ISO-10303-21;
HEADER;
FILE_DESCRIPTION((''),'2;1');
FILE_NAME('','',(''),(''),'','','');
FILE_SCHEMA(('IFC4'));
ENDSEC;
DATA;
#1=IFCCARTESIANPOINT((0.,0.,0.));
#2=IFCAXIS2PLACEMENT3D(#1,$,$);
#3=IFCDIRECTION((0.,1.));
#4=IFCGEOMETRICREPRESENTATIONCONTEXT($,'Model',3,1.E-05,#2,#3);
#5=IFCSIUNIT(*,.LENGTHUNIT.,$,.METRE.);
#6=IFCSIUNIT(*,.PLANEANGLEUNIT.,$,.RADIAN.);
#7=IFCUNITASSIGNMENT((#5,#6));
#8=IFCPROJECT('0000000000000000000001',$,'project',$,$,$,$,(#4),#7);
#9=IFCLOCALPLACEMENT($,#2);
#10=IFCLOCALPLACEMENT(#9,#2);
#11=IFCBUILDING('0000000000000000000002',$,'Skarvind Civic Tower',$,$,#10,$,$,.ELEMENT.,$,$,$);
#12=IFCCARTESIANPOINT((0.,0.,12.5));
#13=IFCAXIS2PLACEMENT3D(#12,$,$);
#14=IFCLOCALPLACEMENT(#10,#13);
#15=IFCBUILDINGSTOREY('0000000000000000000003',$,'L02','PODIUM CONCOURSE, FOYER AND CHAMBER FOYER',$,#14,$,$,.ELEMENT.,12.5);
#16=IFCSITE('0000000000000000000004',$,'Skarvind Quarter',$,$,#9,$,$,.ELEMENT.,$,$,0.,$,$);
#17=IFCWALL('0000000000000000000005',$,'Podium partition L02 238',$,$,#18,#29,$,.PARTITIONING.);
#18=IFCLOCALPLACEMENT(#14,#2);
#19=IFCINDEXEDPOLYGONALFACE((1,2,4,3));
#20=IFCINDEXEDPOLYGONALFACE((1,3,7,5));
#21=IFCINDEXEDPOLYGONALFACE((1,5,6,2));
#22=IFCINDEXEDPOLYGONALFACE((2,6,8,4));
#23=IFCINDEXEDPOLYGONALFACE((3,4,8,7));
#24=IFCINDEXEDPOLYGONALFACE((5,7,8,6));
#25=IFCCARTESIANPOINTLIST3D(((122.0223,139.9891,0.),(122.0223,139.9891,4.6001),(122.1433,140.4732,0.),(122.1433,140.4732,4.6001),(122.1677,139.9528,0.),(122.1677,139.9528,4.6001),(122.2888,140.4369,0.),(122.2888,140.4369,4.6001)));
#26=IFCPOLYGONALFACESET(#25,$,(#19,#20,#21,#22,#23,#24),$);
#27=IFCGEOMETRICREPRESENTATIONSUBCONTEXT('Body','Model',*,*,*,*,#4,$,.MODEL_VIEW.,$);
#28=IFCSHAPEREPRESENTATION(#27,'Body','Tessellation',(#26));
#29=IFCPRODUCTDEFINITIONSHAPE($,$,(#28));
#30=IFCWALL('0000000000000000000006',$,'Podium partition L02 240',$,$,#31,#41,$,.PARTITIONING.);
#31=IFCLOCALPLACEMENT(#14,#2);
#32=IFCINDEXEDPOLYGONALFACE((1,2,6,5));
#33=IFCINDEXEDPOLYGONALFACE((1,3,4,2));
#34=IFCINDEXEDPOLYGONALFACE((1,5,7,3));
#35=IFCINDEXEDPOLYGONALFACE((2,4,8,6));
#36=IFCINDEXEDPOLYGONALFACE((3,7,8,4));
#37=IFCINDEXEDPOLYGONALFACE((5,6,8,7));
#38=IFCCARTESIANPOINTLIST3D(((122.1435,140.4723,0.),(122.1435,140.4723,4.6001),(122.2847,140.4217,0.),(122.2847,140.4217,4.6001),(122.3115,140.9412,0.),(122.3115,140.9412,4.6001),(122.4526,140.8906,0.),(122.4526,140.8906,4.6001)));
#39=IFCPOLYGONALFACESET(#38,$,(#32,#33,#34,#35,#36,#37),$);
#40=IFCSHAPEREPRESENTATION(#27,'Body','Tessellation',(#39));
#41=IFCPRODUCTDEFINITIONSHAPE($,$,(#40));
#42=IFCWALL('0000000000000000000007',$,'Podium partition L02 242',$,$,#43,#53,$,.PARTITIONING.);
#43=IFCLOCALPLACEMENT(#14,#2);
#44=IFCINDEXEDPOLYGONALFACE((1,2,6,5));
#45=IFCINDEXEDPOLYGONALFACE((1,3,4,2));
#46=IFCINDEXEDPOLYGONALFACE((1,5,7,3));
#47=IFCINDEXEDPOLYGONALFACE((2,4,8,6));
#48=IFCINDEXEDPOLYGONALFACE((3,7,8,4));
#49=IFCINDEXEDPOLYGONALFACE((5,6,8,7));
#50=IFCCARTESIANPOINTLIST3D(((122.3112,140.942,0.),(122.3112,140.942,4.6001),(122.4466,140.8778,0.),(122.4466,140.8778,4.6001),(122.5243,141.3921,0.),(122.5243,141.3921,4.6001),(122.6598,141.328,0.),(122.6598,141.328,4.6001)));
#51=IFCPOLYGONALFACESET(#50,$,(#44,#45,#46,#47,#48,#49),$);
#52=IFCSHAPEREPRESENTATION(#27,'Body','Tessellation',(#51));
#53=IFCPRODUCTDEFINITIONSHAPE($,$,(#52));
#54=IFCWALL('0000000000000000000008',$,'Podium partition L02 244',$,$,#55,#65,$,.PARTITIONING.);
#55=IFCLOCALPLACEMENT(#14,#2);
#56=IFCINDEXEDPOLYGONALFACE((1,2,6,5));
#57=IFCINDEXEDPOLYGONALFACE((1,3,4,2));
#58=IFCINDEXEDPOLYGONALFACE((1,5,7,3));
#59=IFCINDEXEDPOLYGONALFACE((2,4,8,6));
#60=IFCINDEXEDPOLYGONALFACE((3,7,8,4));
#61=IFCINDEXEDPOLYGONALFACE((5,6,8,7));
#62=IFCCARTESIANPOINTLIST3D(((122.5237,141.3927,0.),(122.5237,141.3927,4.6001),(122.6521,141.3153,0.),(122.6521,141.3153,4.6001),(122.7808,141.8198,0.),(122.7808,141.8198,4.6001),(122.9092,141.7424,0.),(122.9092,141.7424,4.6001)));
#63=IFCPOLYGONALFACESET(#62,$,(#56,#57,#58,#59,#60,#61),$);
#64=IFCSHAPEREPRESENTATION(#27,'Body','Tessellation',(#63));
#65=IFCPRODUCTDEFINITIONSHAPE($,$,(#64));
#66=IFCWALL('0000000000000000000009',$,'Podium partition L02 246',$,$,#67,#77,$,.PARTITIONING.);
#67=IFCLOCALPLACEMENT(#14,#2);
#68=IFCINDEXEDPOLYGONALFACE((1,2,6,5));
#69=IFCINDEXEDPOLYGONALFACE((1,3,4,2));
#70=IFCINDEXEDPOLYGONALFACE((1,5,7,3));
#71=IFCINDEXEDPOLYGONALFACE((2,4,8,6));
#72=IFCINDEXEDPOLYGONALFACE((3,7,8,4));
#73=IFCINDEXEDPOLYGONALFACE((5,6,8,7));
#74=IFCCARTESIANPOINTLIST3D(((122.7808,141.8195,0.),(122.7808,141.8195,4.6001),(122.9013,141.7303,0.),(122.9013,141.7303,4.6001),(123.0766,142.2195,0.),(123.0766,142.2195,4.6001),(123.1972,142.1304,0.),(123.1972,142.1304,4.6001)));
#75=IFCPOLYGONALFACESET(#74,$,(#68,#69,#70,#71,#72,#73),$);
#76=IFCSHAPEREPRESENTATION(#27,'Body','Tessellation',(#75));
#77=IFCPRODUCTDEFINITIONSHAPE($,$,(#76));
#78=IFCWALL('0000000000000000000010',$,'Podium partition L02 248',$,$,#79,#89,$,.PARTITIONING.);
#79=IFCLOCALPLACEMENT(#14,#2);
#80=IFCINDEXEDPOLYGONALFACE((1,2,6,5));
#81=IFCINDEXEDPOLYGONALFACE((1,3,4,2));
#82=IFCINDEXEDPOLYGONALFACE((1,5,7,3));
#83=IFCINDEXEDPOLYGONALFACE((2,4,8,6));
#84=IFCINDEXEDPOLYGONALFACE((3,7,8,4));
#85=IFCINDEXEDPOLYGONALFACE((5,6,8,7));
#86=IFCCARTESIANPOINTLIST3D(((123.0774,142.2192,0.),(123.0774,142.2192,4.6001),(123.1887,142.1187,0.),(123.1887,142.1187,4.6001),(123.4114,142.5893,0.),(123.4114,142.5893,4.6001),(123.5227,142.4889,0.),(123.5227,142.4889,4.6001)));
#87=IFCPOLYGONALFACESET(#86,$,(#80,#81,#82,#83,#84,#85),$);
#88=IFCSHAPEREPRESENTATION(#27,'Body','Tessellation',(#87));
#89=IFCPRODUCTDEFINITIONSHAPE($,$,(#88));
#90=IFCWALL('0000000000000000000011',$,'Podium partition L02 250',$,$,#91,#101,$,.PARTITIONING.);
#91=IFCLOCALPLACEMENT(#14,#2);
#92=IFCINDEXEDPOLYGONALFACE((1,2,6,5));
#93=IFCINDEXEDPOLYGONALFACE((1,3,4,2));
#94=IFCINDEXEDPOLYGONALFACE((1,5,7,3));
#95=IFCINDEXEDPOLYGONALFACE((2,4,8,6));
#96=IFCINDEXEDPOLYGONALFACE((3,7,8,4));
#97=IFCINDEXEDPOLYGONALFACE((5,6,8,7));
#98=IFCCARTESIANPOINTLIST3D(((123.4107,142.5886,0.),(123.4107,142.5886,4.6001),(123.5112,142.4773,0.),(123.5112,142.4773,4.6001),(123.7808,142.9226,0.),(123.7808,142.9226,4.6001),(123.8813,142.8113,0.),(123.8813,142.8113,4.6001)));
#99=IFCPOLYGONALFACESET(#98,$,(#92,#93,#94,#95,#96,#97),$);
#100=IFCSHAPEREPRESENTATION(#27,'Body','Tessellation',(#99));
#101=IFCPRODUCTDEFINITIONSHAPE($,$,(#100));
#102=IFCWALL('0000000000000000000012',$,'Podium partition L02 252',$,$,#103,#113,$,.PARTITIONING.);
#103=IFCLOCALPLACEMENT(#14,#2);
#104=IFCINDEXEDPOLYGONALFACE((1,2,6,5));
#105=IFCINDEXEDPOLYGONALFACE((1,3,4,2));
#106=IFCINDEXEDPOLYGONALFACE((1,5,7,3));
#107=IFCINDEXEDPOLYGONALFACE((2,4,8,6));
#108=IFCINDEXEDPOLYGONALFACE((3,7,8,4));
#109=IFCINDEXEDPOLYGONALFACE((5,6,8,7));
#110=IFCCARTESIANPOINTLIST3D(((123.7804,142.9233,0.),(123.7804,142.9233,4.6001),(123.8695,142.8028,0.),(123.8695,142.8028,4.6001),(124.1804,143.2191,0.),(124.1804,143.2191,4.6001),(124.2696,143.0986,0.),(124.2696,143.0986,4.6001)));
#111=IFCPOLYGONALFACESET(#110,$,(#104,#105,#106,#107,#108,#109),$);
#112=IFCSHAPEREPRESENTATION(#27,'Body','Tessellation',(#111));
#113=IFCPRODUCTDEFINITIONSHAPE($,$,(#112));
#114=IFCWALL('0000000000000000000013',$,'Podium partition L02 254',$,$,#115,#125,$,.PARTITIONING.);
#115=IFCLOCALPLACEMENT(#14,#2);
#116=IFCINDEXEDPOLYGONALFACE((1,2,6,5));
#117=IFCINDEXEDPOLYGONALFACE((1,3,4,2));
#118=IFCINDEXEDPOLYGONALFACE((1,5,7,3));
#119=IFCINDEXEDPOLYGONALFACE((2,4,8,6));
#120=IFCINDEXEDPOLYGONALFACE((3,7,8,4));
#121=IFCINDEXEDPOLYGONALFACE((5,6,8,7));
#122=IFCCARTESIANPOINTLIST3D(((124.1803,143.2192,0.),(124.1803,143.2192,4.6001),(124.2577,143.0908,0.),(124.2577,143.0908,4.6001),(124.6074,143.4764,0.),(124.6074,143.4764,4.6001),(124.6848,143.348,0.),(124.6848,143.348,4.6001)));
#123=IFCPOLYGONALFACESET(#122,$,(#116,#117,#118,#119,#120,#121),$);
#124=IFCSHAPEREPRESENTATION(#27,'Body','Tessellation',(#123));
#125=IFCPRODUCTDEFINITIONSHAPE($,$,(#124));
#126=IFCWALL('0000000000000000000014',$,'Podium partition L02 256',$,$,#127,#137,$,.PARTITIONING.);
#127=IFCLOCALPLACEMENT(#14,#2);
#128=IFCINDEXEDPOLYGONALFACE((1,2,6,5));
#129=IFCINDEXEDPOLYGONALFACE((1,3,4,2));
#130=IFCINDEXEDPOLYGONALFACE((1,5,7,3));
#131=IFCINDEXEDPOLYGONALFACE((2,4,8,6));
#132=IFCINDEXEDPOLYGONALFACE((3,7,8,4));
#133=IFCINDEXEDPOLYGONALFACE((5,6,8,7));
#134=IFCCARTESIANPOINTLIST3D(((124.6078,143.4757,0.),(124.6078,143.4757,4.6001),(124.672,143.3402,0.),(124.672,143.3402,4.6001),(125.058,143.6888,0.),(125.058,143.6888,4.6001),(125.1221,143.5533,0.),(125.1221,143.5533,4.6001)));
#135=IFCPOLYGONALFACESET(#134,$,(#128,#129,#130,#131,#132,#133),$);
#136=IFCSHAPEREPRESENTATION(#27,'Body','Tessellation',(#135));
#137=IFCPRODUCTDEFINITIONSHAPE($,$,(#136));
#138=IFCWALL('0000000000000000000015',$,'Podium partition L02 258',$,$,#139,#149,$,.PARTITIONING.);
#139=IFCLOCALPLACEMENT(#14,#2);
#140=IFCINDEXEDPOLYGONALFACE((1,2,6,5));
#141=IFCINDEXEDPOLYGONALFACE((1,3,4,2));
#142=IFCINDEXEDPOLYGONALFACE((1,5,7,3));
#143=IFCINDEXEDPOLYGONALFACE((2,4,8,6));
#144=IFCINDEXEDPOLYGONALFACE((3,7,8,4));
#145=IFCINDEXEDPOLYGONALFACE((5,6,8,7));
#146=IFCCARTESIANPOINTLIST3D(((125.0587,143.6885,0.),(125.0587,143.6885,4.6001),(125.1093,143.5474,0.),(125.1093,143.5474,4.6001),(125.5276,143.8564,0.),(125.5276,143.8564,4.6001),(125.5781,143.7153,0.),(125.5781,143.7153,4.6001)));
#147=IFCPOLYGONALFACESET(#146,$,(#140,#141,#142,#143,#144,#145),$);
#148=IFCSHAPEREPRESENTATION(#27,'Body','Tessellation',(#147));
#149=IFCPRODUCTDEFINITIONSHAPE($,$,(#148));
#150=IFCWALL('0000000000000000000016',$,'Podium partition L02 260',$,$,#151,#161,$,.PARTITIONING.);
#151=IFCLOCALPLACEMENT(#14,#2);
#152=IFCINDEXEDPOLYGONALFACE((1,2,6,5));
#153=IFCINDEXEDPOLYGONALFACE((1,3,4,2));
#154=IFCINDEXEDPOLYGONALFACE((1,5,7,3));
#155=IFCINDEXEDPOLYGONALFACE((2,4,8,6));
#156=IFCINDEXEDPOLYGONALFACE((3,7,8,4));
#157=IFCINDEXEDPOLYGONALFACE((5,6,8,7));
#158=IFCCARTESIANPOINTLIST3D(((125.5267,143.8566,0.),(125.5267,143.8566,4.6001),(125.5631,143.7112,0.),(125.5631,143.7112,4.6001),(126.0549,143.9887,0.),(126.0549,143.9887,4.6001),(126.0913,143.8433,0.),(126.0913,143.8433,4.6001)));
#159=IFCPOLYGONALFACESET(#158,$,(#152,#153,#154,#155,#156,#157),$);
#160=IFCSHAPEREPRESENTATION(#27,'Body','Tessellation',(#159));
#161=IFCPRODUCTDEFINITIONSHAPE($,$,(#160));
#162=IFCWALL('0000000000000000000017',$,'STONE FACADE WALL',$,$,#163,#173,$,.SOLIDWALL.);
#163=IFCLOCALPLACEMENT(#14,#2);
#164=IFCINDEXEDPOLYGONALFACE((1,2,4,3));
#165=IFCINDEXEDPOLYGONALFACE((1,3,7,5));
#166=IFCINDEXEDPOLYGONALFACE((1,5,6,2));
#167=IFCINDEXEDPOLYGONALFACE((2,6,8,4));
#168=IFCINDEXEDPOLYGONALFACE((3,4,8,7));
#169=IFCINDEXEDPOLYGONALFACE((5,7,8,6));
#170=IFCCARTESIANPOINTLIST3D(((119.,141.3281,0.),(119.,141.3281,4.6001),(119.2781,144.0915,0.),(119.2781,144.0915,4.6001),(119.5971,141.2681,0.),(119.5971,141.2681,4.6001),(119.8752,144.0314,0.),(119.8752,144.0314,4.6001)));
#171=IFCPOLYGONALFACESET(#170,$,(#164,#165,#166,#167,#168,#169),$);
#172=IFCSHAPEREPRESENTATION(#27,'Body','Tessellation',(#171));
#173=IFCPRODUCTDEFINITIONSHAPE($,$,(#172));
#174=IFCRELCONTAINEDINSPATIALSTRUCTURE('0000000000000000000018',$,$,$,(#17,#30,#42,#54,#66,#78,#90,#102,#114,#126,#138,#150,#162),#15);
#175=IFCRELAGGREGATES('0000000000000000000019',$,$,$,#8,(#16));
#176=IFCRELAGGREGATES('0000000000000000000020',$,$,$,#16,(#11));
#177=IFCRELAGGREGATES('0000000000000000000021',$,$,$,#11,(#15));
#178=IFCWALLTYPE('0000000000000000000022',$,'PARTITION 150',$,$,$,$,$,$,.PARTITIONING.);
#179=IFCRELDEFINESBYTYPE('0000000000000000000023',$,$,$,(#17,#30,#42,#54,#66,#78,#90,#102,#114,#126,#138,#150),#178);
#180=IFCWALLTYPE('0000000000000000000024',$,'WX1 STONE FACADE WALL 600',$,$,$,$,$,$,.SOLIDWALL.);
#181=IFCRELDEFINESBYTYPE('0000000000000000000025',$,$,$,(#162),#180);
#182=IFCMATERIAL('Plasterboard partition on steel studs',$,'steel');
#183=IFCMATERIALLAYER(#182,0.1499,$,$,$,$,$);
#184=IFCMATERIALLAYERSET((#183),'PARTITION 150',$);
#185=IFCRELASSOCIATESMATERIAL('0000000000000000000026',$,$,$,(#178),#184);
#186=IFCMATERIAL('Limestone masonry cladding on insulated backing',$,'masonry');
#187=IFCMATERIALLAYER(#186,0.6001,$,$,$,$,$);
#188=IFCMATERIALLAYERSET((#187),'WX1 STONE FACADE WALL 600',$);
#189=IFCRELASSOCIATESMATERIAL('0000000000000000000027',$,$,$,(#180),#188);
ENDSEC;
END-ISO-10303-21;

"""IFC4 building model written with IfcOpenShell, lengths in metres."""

from ifc_helpers import new_model, si_unit, direction, frame, frame_2d, origin, place, context, subcontext, project, spatial, rectangle, extrude, material, layer, layer_set, type_object, element, save


model = new_model("IFC4")

# Units and contexts
model_context = context("Model", 3, precision=1e-05, world=origin(), true_north=direction((0.0, 1.0)))
body_context = subcontext(model_context, "Body", "Model", "MODEL_VIEW")
ifc_project = project(units=[si_unit("LENGTHUNIT", "METRE"), si_unit("PLANEANGLEUNIT", "RADIAN")], contexts=[model_context])

# Site, building, storey
site_placement = place(None, origin())
site = spatial("IfcSite", under=ifc_project, at=site_placement, Name="Skarvind Quarter", CompositionType="ELEMENT", RefElevation=0.0)
building_placement = place(site_placement, origin())
building = spatial("IfcBuilding", under=site, at=building_placement, Name="Skarvind Civic Tower", CompositionType="ELEMENT")
storey_placement = place(building_placement, frame((0.0, 0.0, 12.5)))
storey = spatial("IfcBuildingStorey", under=building, at=storey_placement, Name="L02", Description="PODIUM CONCOURSE, FOYER AND CHAMBER FOYER", CompositionType="ELEMENT", Elevation=12.5)

# Walls
ifc_material_1 = material(Name="Plasterboard partition on steel studs", Category="steel")
ifc_layer_1 = layer(ifc_material_1, 0.1499)
ifc_layer_set_1 = layer_set([ifc_layer_1], Name="PARTITION 150")
wall_type_1 = type_object("IfcWallType", Name="PARTITION 150", PredefinedType="PARTITIONING", material=ifc_layer_set_1)
wall_1_placement = place(storey_placement, frame((122.095, 139.9709, 0.0), z_axis=(0.0, 0.0, 1.0), x_axis=(0.242651, 0.970114, 0.0)))
element("IfcWall", 1, at=wall_1_placement, inside=storey, type_object=wall_type_1, Name="Podium partition L02 238", PredefinedType="PARTITIONING", context=body_context, shape_type="SweptSolid", body=[
    extrude(rectangle(XDim=0.499, YDim=0.1499, at=frame_2d((0.2495, 0.0))), origin(), (0.0, 0.0, 1.0), 4.6001),
])
for number, where, z_axis, x_axis, name in (
    (2, (122.2141, 140.447, 0.0), (0.0, 0.0, 1.0), (0.337174, 0.941442, 0.0), "Podium partition L02 240"),
    (3, (122.3789, 140.9099, 0.0), (0.0, 0.0, 1.0), (0.427897, 0.903828, 0.0), "Podium partition L02 242"),
):
    element("IfcWall", number, at=place(storey_placement, frame(where, z_axis=z_axis, x_axis=x_axis)), inside=storey, type_object=wall_type_1, Name=name, PredefinedType="PARTITIONING", context=body_context, shape_type="SweptSolid", body=[
        extrude(rectangle(XDim=0.498, YDim=0.1499, at=frame_2d((0.249, 0.0))), origin(), (0.0, 0.0, 1.0), 4.6001),
    ])
wall_2_placement = place(storey_placement, frame((122.5879, 141.354, 0.0), z_axis=(0.0, 0.0, 1.0), x_axis=(0.515792, 0.856714, 0.0)))
element("IfcWall", 4, at=wall_2_placement, inside=storey, type_object=wall_type_1, Name="Podium partition L02 244", PredefinedType="PARTITIONING", context=body_context, shape_type="SweptSolid", body=[
    extrude(rectangle(XDim=0.4985, YDim=0.1499, at=frame_2d((0.2493, 0.0))), origin(), (0.0, 0.0, 1.0), 4.6001),
])
wall_3_placement = place(storey_placement, frame((122.8411, 141.7749, 0.0), z_axis=(0.0, 0.0, 1.0), x_axis=(0.59457, 0.804044, 0.0)))
element("IfcWall", 5, at=wall_3_placement, inside=storey, type_object=wall_type_1, Name="Podium partition L02 246", PredefinedType="PARTITIONING", context=body_context, shape_type="SweptSolid", body=[
    extrude(rectangle(XDim=0.4976, YDim=0.1499, at=frame_2d((0.2488, 0.0))), origin(), (0.0, 0.0, 1.0), 4.6001),
])
for number, where, z_axis, x_axis, name in (
    (6, (123.1331, 142.1689, 0.0), (0.0, 0.0, 1.0), (0.669938, 0.742417, 0.0), "Podium partition L02 248"),
    (7, (123.4609, 142.533, 0.0), (0.0, 0.0, 1.0), (0.742417, 0.669938, 0.0), "Podium partition L02 250"),
):
    element("IfcWall", number, at=place(storey_placement, frame(where, z_axis=z_axis, x_axis=x_axis)), inside=storey, type_object=wall_type_1, Name=name, PredefinedType="PARTITIONING", context=body_context, shape_type="SweptSolid", body=[
        extrude(rectangle(XDim=0.4985, YDim=0.1499, at=frame_2d((0.2493, 0.0))), origin(), (0.0, 0.0, 1.0), 4.6001),
    ])
wall_4_placement = place(storey_placement, frame((123.825, 142.863, 0.0), z_axis=(0.0, 0.0, 1.0), x_axis=(0.804044, 0.59457, 0.0)))
element("IfcWall", 8, at=wall_4_placement, inside=storey, type_object=wall_type_1, Name="Podium partition L02 252", PredefinedType="PARTITIONING", context=body_context, shape_type="SweptSolid", body=[
    extrude(rectangle(XDim=0.4976, YDim=0.1499, at=frame_2d((0.2488, 0.0))), origin(), (0.0, 0.0, 1.0), 4.6001),
])
wall_5_placement = place(storey_placement, frame((124.219, 143.155, 0.0), z_axis=(0.0, 0.0, 1.0), x_axis=(0.856714, 0.515792, 0.0)))
element("IfcWall", 9, at=wall_5_placement, inside=storey, type_object=wall_type_1, Name="Podium partition L02 254", PredefinedType="PARTITIONING", context=body_context, shape_type="SweptSolid", body=[
    extrude(rectangle(XDim=0.4985, YDim=0.1499, at=frame_2d((0.2493, 0.0))), origin(), (0.0, 0.0, 1.0), 4.6001),
])
for number, where, z_axis, x_axis, name in (
    (10, (124.6399, 143.408, 0.0), (0.0, 0.0, 1.0), (0.903828, 0.427897, 0.0), "Podium partition L02 256"),
    (11, (125.084, 143.6179, 0.0), (0.0, 0.0, 1.0), (0.941442, 0.337174, 0.0), "Podium partition L02 258"),
):
    element("IfcWall", number, at=place(storey_placement, frame(where, z_axis=z_axis, x_axis=x_axis)), inside=storey, type_object=wall_type_1, Name=name, PredefinedType="PARTITIONING", context=body_context, shape_type="SweptSolid", body=[
        extrude(rectangle(XDim=0.498, YDim=0.1499, at=frame_2d((0.249, 0.0))), origin(), (0.0, 0.0, 1.0), 4.6001),
    ])
wall_6_placement = place(storey_placement, frame((125.5449, 143.7839, 0.0), z_axis=(0.0, 0.0, 1.0), x_axis=(0.970116, 0.242641, 0.0)))
element("IfcWall", 12, at=wall_6_placement, inside=storey, type_object=wall_type_1, Name="Podium partition L02 260", PredefinedType="PARTITIONING", context=body_context, shape_type="SweptSolid", body=[
    extrude(rectangle(XDim=0.5444, YDim=0.1499, at=frame_2d((0.2722, 0.0))), origin(), (0.0, 0.0, 1.0), 4.6001),
])
ifc_material_2 = material(Name="Limestone masonry cladding on insulated backing", Category="masonry")
ifc_layer_2 = layer(ifc_material_2, 0.6001)
ifc_layer_set_2 = layer_set([ifc_layer_2], Name="WX1 STONE FACADE WALL 600")
wall_type_2 = type_object("IfcWallType", Name="WX1 STONE FACADE WALL 600", PredefinedType="SOLIDWALL", material=ifc_layer_set_2)
wall_7_placement = place(storey_placement, frame((119.2986, 141.2981, 0.0), z_axis=(0.0, 0.0, 1.0), x_axis=(0.100122, 0.994975, 0.0)))
element("IfcWall", 13, at=wall_7_placement, inside=storey, type_object=wall_type_2, Name="STONE FACADE WALL", PredefinedType="SOLIDWALL", context=body_context, shape_type="SweptSolid", body=[
    extrude(rectangle(XDim=2.7773, YDim=0.6001, at=frame_2d((1.3887, 0.0))), origin(), (0.0, 0.0, 1.0), 4.6001),
])

save(model, "model.ifc")
